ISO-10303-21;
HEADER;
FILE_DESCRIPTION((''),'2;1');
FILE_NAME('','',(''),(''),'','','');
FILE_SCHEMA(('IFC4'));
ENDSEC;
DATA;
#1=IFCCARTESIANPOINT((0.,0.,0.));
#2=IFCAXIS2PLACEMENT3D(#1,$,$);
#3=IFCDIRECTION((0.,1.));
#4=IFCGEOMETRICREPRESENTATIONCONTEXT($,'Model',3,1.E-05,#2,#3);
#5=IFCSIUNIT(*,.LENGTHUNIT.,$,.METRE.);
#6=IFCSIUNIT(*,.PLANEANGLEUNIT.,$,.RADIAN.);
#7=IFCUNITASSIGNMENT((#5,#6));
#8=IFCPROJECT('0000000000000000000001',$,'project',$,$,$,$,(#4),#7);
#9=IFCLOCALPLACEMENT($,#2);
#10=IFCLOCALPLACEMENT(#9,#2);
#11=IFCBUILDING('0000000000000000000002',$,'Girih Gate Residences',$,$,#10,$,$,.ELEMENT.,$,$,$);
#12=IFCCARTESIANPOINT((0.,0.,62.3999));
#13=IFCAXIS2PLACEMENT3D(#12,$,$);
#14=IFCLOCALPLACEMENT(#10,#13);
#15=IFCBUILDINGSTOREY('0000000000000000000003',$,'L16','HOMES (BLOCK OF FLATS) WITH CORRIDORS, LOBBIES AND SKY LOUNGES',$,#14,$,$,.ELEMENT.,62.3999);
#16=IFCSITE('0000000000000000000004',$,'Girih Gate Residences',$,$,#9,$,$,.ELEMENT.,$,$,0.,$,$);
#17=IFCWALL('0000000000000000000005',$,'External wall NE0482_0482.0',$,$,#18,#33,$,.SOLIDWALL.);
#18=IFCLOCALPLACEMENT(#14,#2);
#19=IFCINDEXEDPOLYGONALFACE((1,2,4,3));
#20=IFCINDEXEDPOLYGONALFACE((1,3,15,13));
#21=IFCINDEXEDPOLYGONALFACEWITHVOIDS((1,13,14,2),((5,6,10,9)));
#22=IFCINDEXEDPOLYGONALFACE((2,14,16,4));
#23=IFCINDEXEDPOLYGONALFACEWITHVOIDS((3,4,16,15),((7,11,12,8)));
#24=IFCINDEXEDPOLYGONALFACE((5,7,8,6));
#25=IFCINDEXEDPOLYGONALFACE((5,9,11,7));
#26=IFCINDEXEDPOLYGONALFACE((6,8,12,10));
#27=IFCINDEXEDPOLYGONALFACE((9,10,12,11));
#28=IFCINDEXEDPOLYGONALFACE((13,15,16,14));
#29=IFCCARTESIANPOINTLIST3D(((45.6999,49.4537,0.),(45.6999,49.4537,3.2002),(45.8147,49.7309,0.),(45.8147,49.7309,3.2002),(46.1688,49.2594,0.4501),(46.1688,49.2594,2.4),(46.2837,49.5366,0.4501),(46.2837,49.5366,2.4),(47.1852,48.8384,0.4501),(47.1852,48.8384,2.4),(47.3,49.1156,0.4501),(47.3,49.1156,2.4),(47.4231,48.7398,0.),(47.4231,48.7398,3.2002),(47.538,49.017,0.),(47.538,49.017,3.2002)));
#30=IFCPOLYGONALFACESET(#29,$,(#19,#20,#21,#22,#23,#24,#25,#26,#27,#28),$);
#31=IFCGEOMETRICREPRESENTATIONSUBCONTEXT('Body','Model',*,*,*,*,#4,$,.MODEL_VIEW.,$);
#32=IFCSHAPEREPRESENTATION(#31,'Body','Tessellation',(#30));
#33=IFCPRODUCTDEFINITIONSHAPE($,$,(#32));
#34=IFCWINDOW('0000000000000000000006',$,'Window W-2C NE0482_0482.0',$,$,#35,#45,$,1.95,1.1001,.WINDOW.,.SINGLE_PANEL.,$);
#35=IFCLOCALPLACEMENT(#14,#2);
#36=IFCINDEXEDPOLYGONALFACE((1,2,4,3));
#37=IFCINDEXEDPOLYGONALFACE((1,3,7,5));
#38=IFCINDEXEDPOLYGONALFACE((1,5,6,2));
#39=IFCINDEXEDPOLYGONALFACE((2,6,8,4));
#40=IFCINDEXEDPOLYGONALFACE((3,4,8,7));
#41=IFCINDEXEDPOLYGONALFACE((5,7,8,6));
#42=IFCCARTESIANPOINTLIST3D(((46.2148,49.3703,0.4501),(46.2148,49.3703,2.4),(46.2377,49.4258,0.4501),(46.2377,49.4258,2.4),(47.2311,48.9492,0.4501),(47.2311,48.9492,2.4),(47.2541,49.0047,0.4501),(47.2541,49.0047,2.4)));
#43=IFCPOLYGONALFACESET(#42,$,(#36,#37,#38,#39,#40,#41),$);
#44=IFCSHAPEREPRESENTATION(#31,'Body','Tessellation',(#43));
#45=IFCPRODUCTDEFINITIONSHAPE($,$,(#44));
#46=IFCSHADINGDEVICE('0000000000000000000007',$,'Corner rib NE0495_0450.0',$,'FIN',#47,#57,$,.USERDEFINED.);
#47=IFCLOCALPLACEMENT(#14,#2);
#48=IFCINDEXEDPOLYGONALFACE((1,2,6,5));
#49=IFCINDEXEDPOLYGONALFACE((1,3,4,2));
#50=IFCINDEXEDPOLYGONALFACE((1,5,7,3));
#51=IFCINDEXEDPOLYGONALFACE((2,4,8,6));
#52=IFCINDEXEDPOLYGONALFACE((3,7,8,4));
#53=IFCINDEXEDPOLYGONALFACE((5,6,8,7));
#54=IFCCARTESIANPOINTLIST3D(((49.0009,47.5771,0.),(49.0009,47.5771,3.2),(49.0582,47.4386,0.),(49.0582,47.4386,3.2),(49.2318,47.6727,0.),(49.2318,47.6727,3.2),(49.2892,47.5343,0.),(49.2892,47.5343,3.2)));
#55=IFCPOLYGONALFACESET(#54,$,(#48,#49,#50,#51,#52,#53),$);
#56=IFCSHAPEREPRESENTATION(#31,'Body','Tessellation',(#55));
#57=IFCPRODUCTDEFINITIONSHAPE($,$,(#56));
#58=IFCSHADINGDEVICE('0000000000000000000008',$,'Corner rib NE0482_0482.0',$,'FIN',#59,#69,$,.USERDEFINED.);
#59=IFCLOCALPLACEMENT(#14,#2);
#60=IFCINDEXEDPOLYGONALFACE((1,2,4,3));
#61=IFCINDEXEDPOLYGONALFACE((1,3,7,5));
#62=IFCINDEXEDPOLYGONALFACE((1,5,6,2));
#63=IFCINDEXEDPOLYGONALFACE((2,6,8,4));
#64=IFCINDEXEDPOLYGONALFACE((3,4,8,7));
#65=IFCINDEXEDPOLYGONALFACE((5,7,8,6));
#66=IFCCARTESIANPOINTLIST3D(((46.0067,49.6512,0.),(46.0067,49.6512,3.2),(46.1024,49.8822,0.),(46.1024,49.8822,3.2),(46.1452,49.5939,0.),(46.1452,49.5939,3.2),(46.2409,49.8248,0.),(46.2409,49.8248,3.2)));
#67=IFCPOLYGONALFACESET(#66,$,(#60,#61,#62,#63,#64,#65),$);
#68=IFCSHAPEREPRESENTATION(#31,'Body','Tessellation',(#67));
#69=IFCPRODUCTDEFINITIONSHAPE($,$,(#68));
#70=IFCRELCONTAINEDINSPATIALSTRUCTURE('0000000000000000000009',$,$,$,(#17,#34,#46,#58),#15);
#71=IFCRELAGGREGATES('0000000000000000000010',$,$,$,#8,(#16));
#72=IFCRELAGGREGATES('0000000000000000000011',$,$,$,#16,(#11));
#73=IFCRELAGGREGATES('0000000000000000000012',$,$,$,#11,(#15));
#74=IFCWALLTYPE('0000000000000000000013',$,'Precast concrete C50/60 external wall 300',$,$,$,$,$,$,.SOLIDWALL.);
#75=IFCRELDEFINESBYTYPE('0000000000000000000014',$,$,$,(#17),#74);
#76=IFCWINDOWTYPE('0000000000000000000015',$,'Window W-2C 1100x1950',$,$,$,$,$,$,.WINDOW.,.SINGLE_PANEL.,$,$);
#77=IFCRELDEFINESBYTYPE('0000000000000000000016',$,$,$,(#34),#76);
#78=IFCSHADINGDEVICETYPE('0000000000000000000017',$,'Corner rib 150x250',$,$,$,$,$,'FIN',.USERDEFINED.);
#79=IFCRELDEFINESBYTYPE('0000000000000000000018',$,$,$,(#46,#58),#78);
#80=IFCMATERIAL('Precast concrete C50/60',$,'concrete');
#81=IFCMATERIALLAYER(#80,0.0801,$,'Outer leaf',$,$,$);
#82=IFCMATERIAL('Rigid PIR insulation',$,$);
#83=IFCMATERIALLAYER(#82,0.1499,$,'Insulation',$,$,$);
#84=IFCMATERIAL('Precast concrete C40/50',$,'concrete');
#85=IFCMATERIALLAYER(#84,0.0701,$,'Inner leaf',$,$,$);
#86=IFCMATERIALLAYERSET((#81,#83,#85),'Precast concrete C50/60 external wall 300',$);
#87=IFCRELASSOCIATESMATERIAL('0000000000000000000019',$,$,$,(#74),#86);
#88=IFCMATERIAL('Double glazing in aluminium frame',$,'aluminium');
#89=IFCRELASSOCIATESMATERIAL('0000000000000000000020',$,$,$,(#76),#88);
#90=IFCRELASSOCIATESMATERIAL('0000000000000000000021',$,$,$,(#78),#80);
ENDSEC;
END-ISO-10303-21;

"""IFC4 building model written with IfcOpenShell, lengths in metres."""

from ifc_helpers import new_model, si_unit, direction, frame, frame_2d, origin, origin_2d, place, context, subcontext, project, spatial, rectangle, extrude, material, layer, layer_set, type_object, element, fill, save


model = new_model("IFC4")

# Units and contexts
model_context = context("Model", 3, precision=1e-05, world=origin(), true_north=direction((0.0, 1.0)))
body_context = subcontext(model_context, "Body", "Model", "MODEL_VIEW")
ifc_project = project(units=[si_unit("LENGTHUNIT", "METRE"), si_unit("PLANEANGLEUNIT", "RADIAN")], contexts=[model_context])

# Site, building, storey
site_placement = place(None, origin())
site = spatial("IfcSite", under=ifc_project, at=site_placement, Name="Girih Gate Residences", CompositionType="ELEMENT", RefElevation=0.0)
building_placement = place(site_placement, origin())
building = spatial("IfcBuilding", under=site, at=building_placement, Name="Girih Gate Residences", CompositionType="ELEMENT")
storey_placement = place(building_placement, frame((0.0, 0.0, 62.3999)))
storey = spatial("IfcBuildingStorey", under=building, at=storey_placement, Name="L16", Description="HOMES (BLOCK OF FLATS) WITH CORRIDORS, LOBBIES AND SKY LOUNGES", CompositionType="ELEMENT", Elevation=62.3999)

# Wall, opening, window
ifc_material_1 = material(Name="Precast concrete C50/60", Category="concrete")
ifc_layer_1 = layer(ifc_material_1, 0.0801, Name="Outer leaf")
ifc_material_2 = material(Name="Rigid PIR insulation")
ifc_layer_2 = layer(ifc_material_2, 0.1499, Name="Insulation")
ifc_material_3 = material(Name="Precast concrete C40/50", Category="concrete")
ifc_layer_3 = layer(ifc_material_3, 0.0701, Name="Inner leaf")
ifc_layer_set_1 = layer_set([ifc_layer_1, ifc_layer_2, ifc_layer_3], Name="Precast concrete C50/60 external wall 300")
wall_type_1 = type_object("IfcWallType", Name="Precast concrete C50/60 external wall 300", PredefinedType="SOLIDWALL", material=ifc_layer_set_1)
ifc_material_4 = material(Name="Double glazing in aluminium frame", Category="aluminium")
window_type_1 = type_object("IfcWindowType", Name="Window W-2C 1100x1950", PartitioningType="SINGLE_PANEL", PredefinedType="WINDOW", material=ifc_material_4)
wall_1_placement = place(storey_placement, frame((45.7573, 49.5923, 0.0), z_axis=(0.0, 0.0, 1.0), x_axis=(0.923857, -0.382737, 0.0)))
wall_1 = element("IfcWall", 1, at=wall_1_placement, inside=storey, type_object=wall_type_1, Name="External wall NE0482_0482.0", PredefinedType="SOLIDWALL", context=body_context, shape_type="SweptSolid", body=[
    extrude(rectangle(XDim=1.8652, YDim=0.3, at=frame_2d((0.9326, 0.0))), origin(), (0.0, 0.0, 1.0), 3.2002),
])
opening_1_placement = place(wall_1_placement, frame((0.5076, 0.0, 0.45)))
opening_1 = element("IfcOpeningElement", 2, at=opening_1_placement, cuts=wall_1, PredefinedType="OPENING", context=body_context, shape_type="SweptSolid", body=[
    extrude(rectangle(XDim=1.1001, YDim=1.95, at=frame_2d((0.55, 0.9751))), frame((0.0, 0.1599, 0.0), z_axis=(0.0, -1.0, 0.0), x_axis=(1.0, 0.0, 0.0)), (0.0, 0.0, 1.0), 0.3201),
])
window_1_placement = place(opening_1_placement, origin())
window_1 = element("IfcWindow", 3, at=window_1_placement, inside=storey, type_object=window_type_1, Name="Window W-2C NE0482_0482.0", OverallHeight=1.95, OverallWidth=1.1001, PartitioningType="SINGLE_PANEL", PredefinedType="WINDOW", context=body_context, shape_type="SweptSolid", body=[
    extrude(rectangle(XDim=1.1001, YDim=1.95, at=frame_2d((0.55, 0.9751))), frame((0.0, 0.03, 0.0), z_axis=(0.0, -1.0, 0.0), x_axis=(1.0, 0.0, 0.0)), (0.0, 0.0, 1.0), 0.0601),
])
fill(opening_1, window_1)

# Shading devices
shading_device_type = type_object("IfcShadingDeviceType", Name="Corner rib 150x250", ElementType="FIN", PredefinedType="USERDEFINED", material=ifc_material_1)
for number, where, z_axis, x_axis, name in (
    (4, (49.145, 47.5557, 0.0), (0.0, 0.0, 1.0), (-0.382683, 0.92388, 0.0), "Corner rib NE0495_0450.0"),
    (5, (46.1238, 49.738, 0.0), (0.0, 0.0, 1.0), (-0.92388, 0.382683, 0.0), "Corner rib NE0482_0482.0"),
):
    element("IfcShadingDevice", number, at=place(storey_placement, frame(where, z_axis=z_axis, x_axis=x_axis)), inside=storey, type_object=shading_device_type, Name=name, ObjectType="FIN", PredefinedType="USERDEFINED", context=body_context, shape_type="SweptSolid", body=[
        extrude(rectangle(XDim=0.1499, YDim=0.25, at=origin_2d()), origin(), (0.0, 0.0, 1.0), 3.2),
    ])

save(model, "model.ifc")
